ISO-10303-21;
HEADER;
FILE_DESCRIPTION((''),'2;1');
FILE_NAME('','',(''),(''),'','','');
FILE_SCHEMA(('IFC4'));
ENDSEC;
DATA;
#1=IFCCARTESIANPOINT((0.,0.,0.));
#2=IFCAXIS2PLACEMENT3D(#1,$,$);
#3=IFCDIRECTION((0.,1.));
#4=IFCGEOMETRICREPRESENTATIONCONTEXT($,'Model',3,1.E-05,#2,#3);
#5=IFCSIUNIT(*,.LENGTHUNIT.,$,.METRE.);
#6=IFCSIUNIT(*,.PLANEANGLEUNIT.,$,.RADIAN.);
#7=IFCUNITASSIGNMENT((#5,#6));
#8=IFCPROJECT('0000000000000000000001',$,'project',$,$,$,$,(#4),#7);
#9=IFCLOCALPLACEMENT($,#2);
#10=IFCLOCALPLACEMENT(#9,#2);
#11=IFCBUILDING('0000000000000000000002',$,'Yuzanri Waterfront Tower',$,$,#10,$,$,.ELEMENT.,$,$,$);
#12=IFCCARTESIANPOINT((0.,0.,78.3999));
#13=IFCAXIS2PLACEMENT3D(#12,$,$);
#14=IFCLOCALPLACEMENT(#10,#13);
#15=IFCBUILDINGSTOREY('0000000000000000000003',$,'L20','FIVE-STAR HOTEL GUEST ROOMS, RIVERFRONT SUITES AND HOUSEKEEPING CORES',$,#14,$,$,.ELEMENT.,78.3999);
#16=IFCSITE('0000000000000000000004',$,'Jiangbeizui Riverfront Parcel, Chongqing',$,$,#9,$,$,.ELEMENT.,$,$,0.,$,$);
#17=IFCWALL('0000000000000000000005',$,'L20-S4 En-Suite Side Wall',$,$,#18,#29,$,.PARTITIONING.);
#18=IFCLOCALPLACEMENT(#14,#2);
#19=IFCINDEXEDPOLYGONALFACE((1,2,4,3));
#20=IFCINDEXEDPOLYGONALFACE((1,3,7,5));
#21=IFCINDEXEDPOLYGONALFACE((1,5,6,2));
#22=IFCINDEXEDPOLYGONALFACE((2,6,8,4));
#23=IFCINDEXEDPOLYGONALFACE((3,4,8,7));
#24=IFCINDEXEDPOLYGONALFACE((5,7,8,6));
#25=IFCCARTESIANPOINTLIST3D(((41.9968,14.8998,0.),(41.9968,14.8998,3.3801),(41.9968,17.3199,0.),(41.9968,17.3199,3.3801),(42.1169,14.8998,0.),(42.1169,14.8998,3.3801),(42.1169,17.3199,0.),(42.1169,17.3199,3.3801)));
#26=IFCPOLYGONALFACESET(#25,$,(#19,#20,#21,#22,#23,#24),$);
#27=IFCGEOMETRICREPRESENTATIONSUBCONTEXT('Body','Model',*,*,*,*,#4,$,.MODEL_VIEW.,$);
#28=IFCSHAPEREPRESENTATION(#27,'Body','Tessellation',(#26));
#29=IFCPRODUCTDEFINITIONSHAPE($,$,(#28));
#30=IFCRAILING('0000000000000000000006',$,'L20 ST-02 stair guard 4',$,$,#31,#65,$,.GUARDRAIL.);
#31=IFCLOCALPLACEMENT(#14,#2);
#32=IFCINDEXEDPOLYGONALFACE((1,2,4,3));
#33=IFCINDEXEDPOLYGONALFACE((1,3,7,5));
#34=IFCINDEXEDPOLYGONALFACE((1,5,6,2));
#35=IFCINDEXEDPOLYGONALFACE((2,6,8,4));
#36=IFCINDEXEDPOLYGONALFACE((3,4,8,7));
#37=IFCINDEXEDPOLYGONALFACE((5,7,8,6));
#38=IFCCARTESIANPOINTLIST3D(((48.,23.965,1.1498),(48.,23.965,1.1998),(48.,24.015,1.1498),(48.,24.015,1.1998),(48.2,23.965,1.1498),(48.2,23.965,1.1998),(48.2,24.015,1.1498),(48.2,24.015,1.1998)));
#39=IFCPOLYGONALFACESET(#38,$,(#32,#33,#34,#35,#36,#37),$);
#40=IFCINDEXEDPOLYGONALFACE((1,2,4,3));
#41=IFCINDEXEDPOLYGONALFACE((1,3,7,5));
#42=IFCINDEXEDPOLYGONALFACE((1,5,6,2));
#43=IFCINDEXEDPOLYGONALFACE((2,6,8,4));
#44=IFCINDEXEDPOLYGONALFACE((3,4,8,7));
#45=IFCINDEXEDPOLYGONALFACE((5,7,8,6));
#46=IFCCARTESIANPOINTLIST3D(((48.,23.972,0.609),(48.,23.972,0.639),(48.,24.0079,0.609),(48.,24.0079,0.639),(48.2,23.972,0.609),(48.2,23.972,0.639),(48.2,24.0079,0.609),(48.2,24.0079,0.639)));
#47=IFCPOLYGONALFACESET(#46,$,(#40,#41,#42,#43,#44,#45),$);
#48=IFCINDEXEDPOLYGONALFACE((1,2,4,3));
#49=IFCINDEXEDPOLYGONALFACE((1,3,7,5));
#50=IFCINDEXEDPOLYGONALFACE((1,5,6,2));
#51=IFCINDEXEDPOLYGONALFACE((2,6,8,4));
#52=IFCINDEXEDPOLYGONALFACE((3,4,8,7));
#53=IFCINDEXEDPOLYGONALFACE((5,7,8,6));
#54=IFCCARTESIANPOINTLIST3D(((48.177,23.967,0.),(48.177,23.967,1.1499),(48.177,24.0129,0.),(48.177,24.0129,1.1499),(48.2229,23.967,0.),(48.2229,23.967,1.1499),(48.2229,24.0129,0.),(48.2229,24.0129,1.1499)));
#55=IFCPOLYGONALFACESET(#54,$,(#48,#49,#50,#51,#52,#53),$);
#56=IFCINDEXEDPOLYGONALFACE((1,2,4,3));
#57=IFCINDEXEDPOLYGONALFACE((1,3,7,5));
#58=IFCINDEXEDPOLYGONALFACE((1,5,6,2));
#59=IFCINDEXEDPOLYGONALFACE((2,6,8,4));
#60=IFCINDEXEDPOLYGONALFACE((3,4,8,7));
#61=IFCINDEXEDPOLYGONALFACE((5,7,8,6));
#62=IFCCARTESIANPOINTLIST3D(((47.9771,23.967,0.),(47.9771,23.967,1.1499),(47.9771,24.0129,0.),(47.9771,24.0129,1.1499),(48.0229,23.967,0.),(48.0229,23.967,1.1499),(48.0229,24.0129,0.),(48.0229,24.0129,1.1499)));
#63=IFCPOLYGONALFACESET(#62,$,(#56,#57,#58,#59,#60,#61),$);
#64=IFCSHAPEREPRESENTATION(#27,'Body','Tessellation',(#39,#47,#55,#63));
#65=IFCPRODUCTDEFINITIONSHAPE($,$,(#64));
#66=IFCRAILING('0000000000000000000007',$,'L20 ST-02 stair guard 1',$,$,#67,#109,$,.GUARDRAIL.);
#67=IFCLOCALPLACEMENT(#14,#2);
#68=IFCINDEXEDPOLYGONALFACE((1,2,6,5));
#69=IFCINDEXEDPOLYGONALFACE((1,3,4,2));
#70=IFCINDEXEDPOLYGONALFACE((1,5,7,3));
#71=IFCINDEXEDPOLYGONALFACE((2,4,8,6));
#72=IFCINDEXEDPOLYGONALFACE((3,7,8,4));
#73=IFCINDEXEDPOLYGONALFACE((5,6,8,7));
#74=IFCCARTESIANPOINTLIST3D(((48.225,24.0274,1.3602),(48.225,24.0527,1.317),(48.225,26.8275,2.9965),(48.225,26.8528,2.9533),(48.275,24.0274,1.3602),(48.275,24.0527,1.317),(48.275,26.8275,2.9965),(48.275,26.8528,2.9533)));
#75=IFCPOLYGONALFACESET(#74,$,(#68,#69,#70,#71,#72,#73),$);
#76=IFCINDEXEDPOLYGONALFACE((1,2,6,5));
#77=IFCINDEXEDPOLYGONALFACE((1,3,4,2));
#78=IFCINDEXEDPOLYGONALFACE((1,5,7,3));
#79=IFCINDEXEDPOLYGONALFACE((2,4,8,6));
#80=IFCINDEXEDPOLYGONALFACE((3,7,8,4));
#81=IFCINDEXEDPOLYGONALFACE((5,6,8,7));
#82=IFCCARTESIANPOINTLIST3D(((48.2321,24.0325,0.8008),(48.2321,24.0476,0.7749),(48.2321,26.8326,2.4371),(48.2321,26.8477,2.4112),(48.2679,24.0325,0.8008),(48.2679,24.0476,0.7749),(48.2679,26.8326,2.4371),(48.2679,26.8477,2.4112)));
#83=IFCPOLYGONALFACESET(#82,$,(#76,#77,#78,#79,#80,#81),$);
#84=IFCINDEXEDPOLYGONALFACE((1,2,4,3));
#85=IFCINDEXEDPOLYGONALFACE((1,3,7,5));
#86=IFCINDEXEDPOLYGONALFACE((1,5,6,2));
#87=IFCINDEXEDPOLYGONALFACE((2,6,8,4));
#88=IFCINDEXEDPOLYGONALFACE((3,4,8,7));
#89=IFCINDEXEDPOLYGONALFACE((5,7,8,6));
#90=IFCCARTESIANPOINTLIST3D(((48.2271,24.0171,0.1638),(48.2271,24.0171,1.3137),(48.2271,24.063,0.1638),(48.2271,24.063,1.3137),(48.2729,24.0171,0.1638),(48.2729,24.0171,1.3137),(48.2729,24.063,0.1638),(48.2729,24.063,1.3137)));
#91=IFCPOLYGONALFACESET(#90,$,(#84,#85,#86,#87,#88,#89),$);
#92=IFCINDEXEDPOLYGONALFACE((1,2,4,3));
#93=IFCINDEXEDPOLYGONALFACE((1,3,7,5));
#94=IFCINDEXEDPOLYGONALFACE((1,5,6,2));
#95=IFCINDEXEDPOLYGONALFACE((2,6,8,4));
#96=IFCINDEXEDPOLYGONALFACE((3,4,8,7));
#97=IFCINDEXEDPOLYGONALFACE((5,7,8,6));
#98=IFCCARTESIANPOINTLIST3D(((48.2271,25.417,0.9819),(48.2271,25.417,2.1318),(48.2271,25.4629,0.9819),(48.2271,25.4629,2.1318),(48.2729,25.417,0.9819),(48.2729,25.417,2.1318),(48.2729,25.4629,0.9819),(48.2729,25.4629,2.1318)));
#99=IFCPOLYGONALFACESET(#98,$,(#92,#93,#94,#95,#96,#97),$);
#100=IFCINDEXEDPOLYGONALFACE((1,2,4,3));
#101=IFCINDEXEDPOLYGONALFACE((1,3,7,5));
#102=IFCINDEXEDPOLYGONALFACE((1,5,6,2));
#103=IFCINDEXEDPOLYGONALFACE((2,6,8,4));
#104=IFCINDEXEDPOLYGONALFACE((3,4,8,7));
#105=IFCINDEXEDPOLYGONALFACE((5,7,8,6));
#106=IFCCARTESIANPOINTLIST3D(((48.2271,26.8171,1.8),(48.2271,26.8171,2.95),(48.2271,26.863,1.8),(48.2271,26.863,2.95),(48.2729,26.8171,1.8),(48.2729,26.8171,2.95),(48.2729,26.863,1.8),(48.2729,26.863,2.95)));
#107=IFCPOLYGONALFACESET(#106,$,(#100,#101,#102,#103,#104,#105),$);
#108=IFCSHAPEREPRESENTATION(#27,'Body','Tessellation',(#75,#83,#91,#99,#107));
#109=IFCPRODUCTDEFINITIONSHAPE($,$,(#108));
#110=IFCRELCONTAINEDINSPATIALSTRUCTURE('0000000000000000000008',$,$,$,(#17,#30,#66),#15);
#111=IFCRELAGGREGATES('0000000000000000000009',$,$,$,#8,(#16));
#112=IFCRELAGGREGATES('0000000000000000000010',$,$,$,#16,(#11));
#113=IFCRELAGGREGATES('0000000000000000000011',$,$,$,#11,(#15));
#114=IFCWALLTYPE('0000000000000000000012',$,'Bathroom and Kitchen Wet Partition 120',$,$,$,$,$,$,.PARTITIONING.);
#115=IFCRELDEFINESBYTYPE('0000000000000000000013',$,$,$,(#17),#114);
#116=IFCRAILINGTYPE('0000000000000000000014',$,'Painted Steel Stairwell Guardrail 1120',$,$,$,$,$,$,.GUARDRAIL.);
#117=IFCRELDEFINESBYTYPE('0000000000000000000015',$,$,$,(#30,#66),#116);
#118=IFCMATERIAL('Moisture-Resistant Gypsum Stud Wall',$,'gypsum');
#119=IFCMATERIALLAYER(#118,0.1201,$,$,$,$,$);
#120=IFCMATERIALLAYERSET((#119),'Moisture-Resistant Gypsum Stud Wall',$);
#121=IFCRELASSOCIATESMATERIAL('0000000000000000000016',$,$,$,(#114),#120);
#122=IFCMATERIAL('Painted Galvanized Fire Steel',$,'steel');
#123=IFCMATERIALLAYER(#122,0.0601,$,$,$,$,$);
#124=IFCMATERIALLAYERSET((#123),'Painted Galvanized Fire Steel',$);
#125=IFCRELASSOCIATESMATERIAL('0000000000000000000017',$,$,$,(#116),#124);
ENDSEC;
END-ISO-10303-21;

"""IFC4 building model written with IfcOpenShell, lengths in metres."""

from ifc_helpers import new_model, si_unit, direction, frame, frame_2d, origin, origin_2d, place, context, subcontext, project, spatial, rectangle, extrude, source, transform, mapped, material, layer, layer_set, type_object, element, save


model = new_model("IFC4")

# Units and contexts
model_context = context("Model", 3, precision=1e-05, world=origin(), true_north=direction((0.0, 1.0)))
body_context = subcontext(model_context, "Body", "Model", "MODEL_VIEW")
ifc_project = project(units=[si_unit("LENGTHUNIT", "METRE"), si_unit("PLANEANGLEUNIT", "RADIAN")], contexts=[model_context])

# Site, building, storey
site_placement = place(None, origin())
site = spatial("IfcSite", under=ifc_project, at=site_placement, Name="Jiangbeizui Riverfront Parcel, Chongqing", CompositionType="ELEMENT", RefElevation=0.0)
building_placement = place(site_placement, origin())
building = spatial("IfcBuilding", under=site, at=building_placement, Name="Yuzanri Waterfront Tower", CompositionType="ELEMENT")
storey_placement = place(building_placement, frame((0.0, 0.0, 78.3999)))
storey = spatial("IfcBuildingStorey", under=building, at=storey_placement, Name="L20", Description="FIVE-STAR HOTEL GUEST ROOMS, RIVERFRONT SUITES AND HOUSEKEEPING CORES", CompositionType="ELEMENT", Elevation=78.3999)

# Shared definitions
ifc_material_1 = material(Name="Moisture-Resistant Gypsum Stud Wall", Category="gypsum")
ifc_layer_1 = layer(ifc_material_1, 0.1201)
ifc_layer_set_1 = layer_set([ifc_layer_1], Name="Moisture-Resistant Gypsum Stud Wall")
wall_type_1 = type_object("IfcWallType", Name="Bathroom and Kitchen Wet Partition 120", PredefinedType="PARTITIONING", material=ifc_layer_set_1)

# Wall
shared_shape_1 = source(origin(), body_context, "Body", "SweptSolid", [
    extrude(rectangle(XDim=2.4202, YDim=0.1201, at=frame_2d((1.21, 0.0))), origin(), (0.0, 0.0, 1.0), 3.3801),
])
wall_1_placement = place(storey_placement, frame((42.0569, 14.8999, 0.0), z_axis=(0.0, 0.0, 1.0), x_axis=(0.0, 1.0, 0.0)))
element("IfcWall", 1, at=wall_1_placement, inside=storey, type_object=wall_type_1, Name="L20-S4 En-Suite Side Wall", PredefinedType="PARTITIONING", context=body_context, shape_type="MappedRepresentation", body=[
    mapped(shared_shape_1, transform((0.0, 0.0, 0.0), scale=1.0)),
])

# Railings
ifc_material_2 = material(Name="Painted Galvanized Fire Steel", Category="steel")
ifc_layer_2 = layer(ifc_material_2, 0.0601)
ifc_layer_set_2 = layer_set([ifc_layer_2], Name="Painted Galvanized Fire Steel")
railing_type = type_object("IfcRailingType", Name="Painted Steel Stairwell Guardrail 1120", PredefinedType="GUARDRAIL", material=ifc_layer_set_2)
shared_shape_2 = source(origin(), body_context, "Body", "SweptSolid", [
    extrude(rectangle(XDim=0.05, YDim=0.05, at=origin_2d()), frame((0.0, 0.0, 1.1748), z_axis=(-1.0, 0.0, 0.0), x_axis=(0.0, -1.0, 0.0)), (0.0, 0.0, 1.0), 0.2),
    extrude(rectangle(XDim=0.0359, YDim=0.03, at=origin_2d()), frame((0.0, 0.0, 0.624), z_axis=(-1.0, 0.0, 0.0), x_axis=(0.0, -1.0, 0.0)), (0.0, 0.0, 1.0), 0.2),
    extrude(rectangle(XDim=0.0459, YDim=0.0459, at=origin_2d()), origin(), (0.0, 0.0, 1.0), 1.1499),
    extrude(rectangle(XDim=0.0459, YDim=0.0459, at=origin_2d()), frame((-0.2, 0.0, 0.0)), (0.0, 0.0, 1.0), 1.1499),
])
railing_1_placement = place(storey_placement, frame((48.2, 23.99, 0.0)))
element("IfcRailing", 2, at=railing_1_placement, inside=storey, type_object=railing_type, Name="L20 ST-02 stair guard 4", PredefinedType="GUARDRAIL", context=body_context, shape_type="MappedRepresentation", body=[
    mapped(shared_shape_2, transform((0.0, 0.0, 0.0), scale=1.0)),
])
shared_shape_3 = source(origin(), body_context, "Body", "SweptSolid", [
    extrude(rectangle(XDim=0.05, YDim=0.05, at=origin_2d()), frame((0.0, 0.0, 1.1748), z_axis=(0.0, 0.863394, 0.504531), x_axis=(-1.0, 0.0, 0.0)), (0.0, 0.0, 1.0), 3.2432),
    extrude(rectangle(XDim=0.0359, YDim=0.03, at=origin_2d()), frame((0.0, 0.0, 0.624), z_axis=(0.0, 0.863394, 0.504531), x_axis=(-1.0, 0.0, 0.0)), (0.0, 0.0, 1.0), 3.2432),
    extrude(rectangle(XDim=0.0459, YDim=0.0459, at=origin_2d()), origin(), (0.0, 0.0, 1.0), 1.1499),
    extrude(rectangle(XDim=0.0459, YDim=0.0459, at=origin_2d()), frame((0.0, 1.3999, 0.8181)), (0.0, 0.0, 1.0), 1.1499),
    extrude(rectangle(XDim=0.0459, YDim=0.0459, at=origin_2d()), frame((0.0, 2.8, 1.6362)), (0.0, 0.0, 1.0), 1.1499),
])
railing_2_placement = place(storey_placement, frame((48.25, 24.04, 0.1638)))
element("IfcRailing", 3, at=railing_2_placement, inside=storey, type_object=railing_type, Name="L20 ST-02 stair guard 1", PredefinedType="GUARDRAIL", context=body_context, shape_type="MappedRepresentation", body=[
    mapped(shared_shape_3, transform((0.0, 0.0, 0.0), scale=1.0)),
])

save(model, "model.ifc")
